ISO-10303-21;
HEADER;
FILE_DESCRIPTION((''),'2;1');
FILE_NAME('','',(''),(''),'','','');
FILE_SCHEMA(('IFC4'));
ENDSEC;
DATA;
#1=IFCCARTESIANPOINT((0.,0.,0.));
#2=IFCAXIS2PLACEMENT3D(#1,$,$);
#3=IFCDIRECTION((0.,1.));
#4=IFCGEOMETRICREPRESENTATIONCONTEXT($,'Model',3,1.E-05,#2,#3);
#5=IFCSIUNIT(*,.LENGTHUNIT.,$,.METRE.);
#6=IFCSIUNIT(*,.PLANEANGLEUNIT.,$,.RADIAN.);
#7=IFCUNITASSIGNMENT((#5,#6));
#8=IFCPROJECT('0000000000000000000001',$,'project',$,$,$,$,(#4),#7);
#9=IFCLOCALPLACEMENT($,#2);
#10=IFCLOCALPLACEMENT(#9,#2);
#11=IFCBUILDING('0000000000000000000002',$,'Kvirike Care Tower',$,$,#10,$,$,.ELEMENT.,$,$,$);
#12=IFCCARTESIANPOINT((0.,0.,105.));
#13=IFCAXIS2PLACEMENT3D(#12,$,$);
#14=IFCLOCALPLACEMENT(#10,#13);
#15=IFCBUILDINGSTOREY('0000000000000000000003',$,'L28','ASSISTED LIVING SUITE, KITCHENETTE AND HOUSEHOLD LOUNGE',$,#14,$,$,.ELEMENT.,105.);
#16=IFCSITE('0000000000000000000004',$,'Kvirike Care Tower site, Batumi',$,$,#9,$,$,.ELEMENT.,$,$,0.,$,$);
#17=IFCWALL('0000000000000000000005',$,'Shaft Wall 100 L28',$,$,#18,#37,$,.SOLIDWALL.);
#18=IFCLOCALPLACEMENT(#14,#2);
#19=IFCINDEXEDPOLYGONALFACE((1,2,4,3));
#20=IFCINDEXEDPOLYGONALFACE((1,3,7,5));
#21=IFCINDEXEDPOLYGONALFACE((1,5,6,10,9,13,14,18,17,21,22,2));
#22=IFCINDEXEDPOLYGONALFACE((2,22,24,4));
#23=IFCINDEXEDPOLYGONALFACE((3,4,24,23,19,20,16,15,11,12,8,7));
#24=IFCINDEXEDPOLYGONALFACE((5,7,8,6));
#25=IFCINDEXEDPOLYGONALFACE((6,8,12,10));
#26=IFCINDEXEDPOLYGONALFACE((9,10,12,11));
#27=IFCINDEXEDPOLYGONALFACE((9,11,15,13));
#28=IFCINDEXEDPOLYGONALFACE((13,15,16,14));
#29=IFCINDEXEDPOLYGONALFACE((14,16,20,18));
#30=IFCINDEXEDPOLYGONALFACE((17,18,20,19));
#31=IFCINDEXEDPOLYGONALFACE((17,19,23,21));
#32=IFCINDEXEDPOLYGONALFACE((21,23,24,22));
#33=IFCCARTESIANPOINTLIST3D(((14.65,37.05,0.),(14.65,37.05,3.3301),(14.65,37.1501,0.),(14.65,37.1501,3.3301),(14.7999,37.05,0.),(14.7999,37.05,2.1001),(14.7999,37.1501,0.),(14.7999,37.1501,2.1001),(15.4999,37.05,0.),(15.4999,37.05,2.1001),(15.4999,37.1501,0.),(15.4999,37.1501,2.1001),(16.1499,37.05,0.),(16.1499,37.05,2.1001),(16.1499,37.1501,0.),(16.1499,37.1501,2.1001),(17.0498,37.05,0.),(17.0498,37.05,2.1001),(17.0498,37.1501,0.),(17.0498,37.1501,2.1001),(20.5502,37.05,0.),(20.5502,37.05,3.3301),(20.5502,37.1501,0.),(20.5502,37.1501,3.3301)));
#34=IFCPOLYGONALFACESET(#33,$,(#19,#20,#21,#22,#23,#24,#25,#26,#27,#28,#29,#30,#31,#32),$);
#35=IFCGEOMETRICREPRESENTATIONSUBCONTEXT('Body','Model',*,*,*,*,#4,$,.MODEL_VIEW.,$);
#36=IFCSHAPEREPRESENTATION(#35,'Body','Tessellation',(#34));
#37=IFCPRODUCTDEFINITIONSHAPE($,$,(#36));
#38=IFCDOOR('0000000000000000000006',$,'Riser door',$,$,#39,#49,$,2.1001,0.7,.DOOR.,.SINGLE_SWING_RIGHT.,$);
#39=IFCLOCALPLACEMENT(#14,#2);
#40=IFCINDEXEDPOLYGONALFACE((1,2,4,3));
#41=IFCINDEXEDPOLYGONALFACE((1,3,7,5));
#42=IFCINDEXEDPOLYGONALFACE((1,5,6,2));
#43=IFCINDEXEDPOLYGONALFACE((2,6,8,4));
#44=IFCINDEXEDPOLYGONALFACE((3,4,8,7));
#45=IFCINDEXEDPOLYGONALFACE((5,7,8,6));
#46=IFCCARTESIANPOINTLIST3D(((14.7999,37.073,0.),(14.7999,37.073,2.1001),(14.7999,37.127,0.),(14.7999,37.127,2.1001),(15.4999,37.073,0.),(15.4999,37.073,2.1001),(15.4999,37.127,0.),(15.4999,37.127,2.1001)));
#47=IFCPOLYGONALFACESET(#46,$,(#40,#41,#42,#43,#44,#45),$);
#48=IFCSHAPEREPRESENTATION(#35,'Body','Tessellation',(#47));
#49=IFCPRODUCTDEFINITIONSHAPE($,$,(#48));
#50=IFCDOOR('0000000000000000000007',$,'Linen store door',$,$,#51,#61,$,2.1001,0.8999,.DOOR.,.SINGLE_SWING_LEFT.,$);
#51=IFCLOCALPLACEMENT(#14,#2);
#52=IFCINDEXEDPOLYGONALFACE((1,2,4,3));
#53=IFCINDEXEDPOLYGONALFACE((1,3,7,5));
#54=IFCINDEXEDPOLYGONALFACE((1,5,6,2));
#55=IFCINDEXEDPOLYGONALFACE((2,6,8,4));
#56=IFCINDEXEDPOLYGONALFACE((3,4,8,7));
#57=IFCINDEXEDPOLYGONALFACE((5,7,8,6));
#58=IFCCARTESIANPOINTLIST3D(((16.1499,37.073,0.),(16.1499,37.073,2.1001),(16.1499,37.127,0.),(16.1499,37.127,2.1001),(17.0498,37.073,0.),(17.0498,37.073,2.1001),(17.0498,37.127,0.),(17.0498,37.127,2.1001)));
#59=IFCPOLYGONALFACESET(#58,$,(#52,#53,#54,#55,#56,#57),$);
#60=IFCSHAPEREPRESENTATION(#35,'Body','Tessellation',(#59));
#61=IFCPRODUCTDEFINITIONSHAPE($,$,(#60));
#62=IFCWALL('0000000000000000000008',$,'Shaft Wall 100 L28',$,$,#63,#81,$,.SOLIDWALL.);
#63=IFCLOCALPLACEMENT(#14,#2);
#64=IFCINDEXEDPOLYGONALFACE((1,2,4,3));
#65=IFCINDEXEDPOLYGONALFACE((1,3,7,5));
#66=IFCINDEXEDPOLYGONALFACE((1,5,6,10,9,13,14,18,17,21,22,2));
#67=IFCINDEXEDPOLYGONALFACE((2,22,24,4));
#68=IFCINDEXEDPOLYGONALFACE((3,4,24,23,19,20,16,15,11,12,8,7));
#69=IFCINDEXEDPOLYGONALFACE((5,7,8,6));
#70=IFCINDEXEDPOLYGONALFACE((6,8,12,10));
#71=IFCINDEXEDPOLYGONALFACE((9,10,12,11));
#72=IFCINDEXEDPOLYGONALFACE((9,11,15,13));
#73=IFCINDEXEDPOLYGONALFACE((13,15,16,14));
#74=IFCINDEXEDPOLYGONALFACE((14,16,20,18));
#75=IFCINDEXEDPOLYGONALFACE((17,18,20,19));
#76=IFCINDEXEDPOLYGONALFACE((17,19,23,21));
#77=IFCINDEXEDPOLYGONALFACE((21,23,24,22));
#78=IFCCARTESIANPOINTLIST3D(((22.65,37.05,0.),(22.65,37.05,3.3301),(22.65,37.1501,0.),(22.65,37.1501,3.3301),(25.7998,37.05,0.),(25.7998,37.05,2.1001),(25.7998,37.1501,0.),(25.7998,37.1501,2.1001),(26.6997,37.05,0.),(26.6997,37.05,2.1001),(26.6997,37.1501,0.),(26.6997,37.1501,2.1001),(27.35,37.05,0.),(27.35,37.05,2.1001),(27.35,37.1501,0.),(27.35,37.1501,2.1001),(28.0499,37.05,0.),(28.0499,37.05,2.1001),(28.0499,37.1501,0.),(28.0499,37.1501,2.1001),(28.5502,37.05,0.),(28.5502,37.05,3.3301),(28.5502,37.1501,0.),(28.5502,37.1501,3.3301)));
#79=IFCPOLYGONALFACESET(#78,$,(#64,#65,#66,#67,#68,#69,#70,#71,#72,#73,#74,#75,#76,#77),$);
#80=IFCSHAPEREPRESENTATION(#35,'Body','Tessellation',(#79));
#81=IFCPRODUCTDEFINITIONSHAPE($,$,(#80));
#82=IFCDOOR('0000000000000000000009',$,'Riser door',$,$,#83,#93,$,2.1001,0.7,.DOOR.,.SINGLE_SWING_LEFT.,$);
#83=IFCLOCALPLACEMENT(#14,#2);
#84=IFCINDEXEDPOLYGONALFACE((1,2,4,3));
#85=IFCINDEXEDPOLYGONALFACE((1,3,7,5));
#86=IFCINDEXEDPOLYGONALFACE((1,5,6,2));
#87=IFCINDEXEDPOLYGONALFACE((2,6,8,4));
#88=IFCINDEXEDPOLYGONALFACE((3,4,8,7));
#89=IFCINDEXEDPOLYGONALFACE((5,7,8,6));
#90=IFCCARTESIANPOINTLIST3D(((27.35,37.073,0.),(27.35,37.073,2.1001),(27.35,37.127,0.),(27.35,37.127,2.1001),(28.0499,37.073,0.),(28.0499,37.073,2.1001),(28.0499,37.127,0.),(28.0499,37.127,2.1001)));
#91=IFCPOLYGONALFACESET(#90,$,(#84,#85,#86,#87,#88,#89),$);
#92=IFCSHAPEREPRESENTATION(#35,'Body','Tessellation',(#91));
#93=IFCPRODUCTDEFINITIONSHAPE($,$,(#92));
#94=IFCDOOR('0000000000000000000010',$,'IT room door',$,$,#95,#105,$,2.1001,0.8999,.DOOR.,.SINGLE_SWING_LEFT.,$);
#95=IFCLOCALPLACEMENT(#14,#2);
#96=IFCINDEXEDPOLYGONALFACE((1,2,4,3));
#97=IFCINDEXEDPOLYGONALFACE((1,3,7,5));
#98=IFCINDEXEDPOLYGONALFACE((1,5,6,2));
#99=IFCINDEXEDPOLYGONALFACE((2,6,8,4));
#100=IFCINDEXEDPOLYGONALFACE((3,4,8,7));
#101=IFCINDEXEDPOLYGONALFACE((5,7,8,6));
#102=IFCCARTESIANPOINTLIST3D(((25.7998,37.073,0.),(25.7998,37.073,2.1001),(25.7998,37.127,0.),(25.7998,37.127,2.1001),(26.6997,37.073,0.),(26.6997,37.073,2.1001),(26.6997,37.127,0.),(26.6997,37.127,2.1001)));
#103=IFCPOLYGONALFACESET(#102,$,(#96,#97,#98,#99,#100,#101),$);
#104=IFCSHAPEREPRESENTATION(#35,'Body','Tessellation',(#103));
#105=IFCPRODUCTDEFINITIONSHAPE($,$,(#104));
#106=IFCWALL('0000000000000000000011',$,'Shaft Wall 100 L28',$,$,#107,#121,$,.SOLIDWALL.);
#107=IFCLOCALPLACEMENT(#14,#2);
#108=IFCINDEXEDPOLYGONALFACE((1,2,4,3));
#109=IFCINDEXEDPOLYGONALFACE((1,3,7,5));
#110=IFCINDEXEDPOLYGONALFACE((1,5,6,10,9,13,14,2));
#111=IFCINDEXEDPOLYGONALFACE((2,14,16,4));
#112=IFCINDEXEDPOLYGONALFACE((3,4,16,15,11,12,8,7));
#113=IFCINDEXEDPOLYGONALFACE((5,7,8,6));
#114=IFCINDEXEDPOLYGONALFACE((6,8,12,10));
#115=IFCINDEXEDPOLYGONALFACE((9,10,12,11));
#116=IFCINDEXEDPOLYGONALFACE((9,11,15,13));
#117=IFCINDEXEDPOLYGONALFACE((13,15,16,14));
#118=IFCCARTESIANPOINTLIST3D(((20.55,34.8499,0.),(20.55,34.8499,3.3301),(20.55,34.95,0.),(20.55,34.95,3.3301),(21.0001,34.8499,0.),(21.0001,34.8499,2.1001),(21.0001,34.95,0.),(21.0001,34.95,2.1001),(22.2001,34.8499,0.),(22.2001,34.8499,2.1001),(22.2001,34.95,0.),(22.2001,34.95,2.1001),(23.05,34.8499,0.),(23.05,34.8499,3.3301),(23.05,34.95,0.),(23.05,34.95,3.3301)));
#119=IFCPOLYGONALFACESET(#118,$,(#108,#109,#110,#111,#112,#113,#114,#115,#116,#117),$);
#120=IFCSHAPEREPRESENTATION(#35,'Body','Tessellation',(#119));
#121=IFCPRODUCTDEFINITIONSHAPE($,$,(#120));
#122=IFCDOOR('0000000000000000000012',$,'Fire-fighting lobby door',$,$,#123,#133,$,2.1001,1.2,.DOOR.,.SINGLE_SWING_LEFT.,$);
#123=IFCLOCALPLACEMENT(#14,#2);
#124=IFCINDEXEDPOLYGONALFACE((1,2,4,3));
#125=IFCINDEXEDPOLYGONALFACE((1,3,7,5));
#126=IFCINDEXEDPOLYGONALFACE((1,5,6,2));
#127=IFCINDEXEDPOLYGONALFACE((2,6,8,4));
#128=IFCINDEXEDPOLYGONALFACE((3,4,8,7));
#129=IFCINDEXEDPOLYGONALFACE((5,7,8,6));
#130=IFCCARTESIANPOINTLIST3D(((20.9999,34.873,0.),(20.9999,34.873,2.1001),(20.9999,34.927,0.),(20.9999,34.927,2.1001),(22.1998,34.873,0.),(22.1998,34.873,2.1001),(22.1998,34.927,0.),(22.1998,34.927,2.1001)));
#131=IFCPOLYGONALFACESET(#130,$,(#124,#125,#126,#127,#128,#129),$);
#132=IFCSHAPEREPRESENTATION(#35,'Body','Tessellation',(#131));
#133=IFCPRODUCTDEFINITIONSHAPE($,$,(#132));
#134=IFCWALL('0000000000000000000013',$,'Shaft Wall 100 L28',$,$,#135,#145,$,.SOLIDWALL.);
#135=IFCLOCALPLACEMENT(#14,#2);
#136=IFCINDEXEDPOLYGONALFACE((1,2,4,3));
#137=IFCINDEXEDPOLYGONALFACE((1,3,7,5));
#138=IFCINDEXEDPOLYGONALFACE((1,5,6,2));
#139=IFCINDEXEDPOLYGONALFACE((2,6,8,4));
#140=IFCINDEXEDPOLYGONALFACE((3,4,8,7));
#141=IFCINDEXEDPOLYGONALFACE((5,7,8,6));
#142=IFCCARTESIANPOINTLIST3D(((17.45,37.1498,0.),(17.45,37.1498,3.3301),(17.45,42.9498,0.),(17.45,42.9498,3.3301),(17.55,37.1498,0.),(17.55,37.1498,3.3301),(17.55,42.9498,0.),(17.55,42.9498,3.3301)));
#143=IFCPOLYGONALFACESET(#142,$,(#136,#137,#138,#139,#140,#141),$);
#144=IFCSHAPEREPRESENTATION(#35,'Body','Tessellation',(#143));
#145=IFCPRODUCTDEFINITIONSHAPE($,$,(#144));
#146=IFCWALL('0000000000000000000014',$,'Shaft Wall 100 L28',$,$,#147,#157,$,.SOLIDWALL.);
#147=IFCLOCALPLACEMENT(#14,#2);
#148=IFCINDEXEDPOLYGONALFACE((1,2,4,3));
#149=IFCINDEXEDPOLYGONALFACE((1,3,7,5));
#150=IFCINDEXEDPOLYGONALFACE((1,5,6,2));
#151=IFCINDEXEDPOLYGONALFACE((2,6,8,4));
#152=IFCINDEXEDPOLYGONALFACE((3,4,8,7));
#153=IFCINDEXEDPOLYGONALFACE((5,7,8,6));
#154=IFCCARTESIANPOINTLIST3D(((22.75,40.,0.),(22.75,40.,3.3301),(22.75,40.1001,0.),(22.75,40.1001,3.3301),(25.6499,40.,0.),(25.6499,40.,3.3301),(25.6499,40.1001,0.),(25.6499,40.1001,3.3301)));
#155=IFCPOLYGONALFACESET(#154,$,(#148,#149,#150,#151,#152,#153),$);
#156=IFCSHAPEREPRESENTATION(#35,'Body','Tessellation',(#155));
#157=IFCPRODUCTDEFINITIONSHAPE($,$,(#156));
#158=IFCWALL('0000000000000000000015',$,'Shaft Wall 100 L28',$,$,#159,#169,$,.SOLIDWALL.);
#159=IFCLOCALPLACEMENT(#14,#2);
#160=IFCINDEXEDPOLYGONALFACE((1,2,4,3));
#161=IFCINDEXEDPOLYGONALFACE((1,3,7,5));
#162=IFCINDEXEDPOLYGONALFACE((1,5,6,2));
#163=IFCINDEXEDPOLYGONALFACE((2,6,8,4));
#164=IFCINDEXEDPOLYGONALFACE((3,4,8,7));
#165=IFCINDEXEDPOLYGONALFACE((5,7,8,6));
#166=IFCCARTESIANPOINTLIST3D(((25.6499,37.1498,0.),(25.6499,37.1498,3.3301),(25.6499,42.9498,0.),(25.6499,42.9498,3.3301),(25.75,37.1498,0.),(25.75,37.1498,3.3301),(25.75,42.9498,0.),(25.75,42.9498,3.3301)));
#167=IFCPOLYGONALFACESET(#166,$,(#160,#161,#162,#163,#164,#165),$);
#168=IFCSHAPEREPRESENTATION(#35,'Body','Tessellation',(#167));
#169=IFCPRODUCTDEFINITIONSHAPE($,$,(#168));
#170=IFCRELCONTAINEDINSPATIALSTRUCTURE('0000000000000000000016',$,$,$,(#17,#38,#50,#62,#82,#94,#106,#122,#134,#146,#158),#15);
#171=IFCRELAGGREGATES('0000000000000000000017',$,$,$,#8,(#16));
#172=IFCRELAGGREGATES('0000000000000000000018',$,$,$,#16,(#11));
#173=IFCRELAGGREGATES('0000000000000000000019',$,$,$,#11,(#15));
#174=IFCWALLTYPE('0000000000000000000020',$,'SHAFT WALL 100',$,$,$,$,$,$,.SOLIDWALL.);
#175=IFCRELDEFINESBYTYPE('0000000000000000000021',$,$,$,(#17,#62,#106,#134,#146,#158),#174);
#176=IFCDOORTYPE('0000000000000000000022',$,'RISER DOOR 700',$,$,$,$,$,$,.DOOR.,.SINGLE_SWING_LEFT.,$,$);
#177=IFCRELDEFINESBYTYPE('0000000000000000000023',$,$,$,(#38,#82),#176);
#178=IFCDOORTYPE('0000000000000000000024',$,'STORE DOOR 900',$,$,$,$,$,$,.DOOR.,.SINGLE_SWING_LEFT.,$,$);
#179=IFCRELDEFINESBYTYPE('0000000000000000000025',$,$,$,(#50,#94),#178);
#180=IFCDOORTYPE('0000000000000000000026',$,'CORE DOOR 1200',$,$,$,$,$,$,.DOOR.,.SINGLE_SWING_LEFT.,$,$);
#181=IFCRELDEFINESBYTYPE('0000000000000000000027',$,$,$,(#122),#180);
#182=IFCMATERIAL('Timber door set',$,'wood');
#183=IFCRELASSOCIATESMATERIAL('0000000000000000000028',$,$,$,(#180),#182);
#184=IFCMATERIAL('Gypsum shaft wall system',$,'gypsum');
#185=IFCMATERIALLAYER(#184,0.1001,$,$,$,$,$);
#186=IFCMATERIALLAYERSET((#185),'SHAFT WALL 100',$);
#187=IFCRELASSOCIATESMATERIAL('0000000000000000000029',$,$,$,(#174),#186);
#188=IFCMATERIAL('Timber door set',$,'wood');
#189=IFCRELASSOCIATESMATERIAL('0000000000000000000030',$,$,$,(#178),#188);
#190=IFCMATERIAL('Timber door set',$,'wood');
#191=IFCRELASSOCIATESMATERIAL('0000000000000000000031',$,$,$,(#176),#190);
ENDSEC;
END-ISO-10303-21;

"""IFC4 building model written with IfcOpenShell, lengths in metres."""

from ifc_helpers import new_model, si_unit, direction, frame, frame_2d, origin, place, context, subcontext, project, spatial, rectangle, extrude, material, layer, layer_set, type_object, element, fill, save


model = new_model("IFC4")

# Units and contexts
model_context = context("Model", 3, precision=1e-05, world=origin(), true_north=direction((0.0, 1.0)))
body_context = subcontext(model_context, "Body", "Model", "MODEL_VIEW")
ifc_project = project(units=[si_unit("LENGTHUNIT", "METRE"), si_unit("PLANEANGLEUNIT", "RADIAN")], contexts=[model_context])

# Site, building, storey
site_placement = place(None, origin())
site = spatial("IfcSite", under=ifc_project, at=site_placement, Name="Kvirike Care Tower site, Batumi", CompositionType="ELEMENT", RefElevation=0.0)
building_placement = place(site_placement, origin())
building = spatial("IfcBuilding", under=site, at=building_placement, Name="Kvirike Care Tower", CompositionType="ELEMENT")
storey_placement = place(building_placement, frame((0.0, 0.0, 105.0)))
storey = spatial("IfcBuildingStorey", under=building, at=storey_placement, Name="L28", Description="ASSISTED LIVING SUITE, KITCHENETTE AND HOUSEHOLD LOUNGE", CompositionType="ELEMENT", Elevation=105.0)

# Shared definitions
ifc_material_1 = material(Name="Timber door set", Category="wood")
door_type_1 = type_object("IfcDoorType", Name="CORE DOOR 1200", OperationType="SINGLE_SWING_LEFT", PredefinedType="DOOR", material=ifc_material_1)

# Shared definitions
ifc_material_2 = material(Name="Gypsum shaft wall system", Category="gypsum")
ifc_layer_1 = layer(ifc_material_2, 0.1001)
ifc_layer_set_1 = layer_set([ifc_layer_1], Name="SHAFT WALL 100")
wall_type_1 = type_object("IfcWallType", Name="SHAFT WALL 100", PredefinedType="SOLIDWALL", material=ifc_layer_set_1)

# Shared definitions
ifc_material_3 = material(Name="Timber door set", Category="wood")
door_type_2 = type_object("IfcDoorType", Name="STORE DOOR 900", OperationType="SINGLE_SWING_LEFT", PredefinedType="DOOR", material=ifc_material_3)

# Shared definitions
ifc_material_4 = material(Name="Timber door set", Category="wood")
door_type_3 = type_object("IfcDoorType", Name="RISER DOOR 700", OperationType="SINGLE_SWING_LEFT", PredefinedType="DOOR", material=ifc_material_4)

# Walls, openings, doors
wall_1_placement = place(storey_placement, frame((14.6499, 37.1001, 0.0), z_axis=(0.0, 0.0, 1.0), x_axis=(1.0, 0.0, 0.0)))
wall_1 = element("IfcWall", 1, at=wall_1_placement, inside=storey, type_object=wall_type_1, Name="Shaft Wall 100 L28", PredefinedType="SOLIDWALL", context=body_context, shape_type="SweptSolid", body=[
    extrude(rectangle(XDim=5.9001, YDim=0.1001, at=frame_2d((2.9502, 0.0))), origin(), (0.0, 0.0, 1.0), 3.3301),
])
opening_1_placement = place(wall_1_placement, frame((0.1499, 0.0, 0.0)))
opening_1 = element("IfcOpeningElement", 2, at=opening_1_placement, cuts=wall_1, PredefinedType="OPENING", context=body_context, shape_type="SweptSolid", body=[
    extrude(rectangle(XDim=0.7, YDim=2.1001, at=frame_2d((0.3501, 1.05))), frame((0.0, 0.0605, 0.0), z_axis=(0.0, -1.0, 0.0), x_axis=(1.0, 0.0, 0.0)), (0.0, 0.0, 1.0), 0.1211),
])
opening_2_placement = place(wall_1_placement, frame((1.5, 0.0, 0.0)))
opening_2 = element("IfcOpeningElement", 3, at=opening_2_placement, cuts=wall_1, PredefinedType="OPENING", context=body_context, shape_type="SweptSolid", body=[
    extrude(rectangle(XDim=0.8999, YDim=2.1001, at=frame_2d((0.45, 1.05))), frame((0.0, 0.0605, 0.0), z_axis=(0.0, -1.0, 0.0), x_axis=(1.0, 0.0, 0.0)), (0.0, 0.0, 1.0), 0.1211),
])
door_1_placement = place(opening_1_placement, origin())
door_1 = element("IfcDoor", 4, at=door_1_placement, inside=storey, type_object=door_type_3, Name="Riser door", OperationType="SINGLE_SWING_RIGHT", OverallHeight=2.1001, OverallWidth=0.7, PredefinedType="DOOR", context=body_context, shape_type="SweptSolid", body=[
    extrude(rectangle(XDim=0.7, YDim=2.1001, at=frame_2d((0.3501, 1.05))), frame((0.0, 0.0269, 0.0), z_axis=(0.0, -1.0, 0.0), x_axis=(1.0, 0.0, 0.0)), (0.0, 0.0, 1.0), 0.054),
])
fill(opening_1, door_1)
door_2_placement = place(opening_2_placement, origin())
door_2 = element("IfcDoor", 5, at=door_2_placement, inside=storey, type_object=door_type_2, Name="Linen store door", OperationType="SINGLE_SWING_LEFT", OverallHeight=2.1001, OverallWidth=0.8999, PredefinedType="DOOR", context=body_context, shape_type="SweptSolid", body=[
    extrude(rectangle(XDim=0.8999, YDim=2.1001, at=frame_2d((0.45, 1.05))), frame((0.0, 0.0269, 0.0), z_axis=(0.0, -1.0, 0.0), x_axis=(1.0, 0.0, 0.0)), (0.0, 0.0, 1.0), 0.054),
])
fill(opening_2, door_2)
wall_2_placement = place(storey_placement, frame((22.6499, 37.1001, 0.0), z_axis=(0.0, 0.0, 1.0), x_axis=(1.0, 0.0, 0.0)))
wall_2 = element("IfcWall", 6, at=wall_2_placement, inside=storey, type_object=wall_type_1, Name="Shaft Wall 100 L28", PredefinedType="SOLIDWALL", context=body_context, shape_type="SweptSolid", body=[
    extrude(rectangle(XDim=5.9001, YDim=0.1001, at=frame_2d((2.9502, 0.0))), origin(), (0.0, 0.0, 1.0), 3.3301),
])
opening_3_placement = place(wall_2_placement, frame((3.1499, 0.0, 0.0)))
opening_3 = element("IfcOpeningElement", 7, at=opening_3_placement, cuts=wall_2, PredefinedType="OPENING", context=body_context, shape_type="SweptSolid", body=[
    extrude(rectangle(XDim=0.8999, YDim=2.1001, at=frame_2d((0.45, 1.05))), frame((0.0, 0.0605, 0.0), z_axis=(0.0, -1.0, 0.0), x_axis=(1.0, 0.0, 0.0)), (0.0, 0.0, 1.0), 0.1211),
])
opening_4_placement = place(wall_2_placement, frame((4.7, 0.0, 0.0)))
opening_4 = element("IfcOpeningElement", 8, at=opening_4_placement, cuts=wall_2, PredefinedType="OPENING", context=body_context, shape_type="SweptSolid", body=[
    extrude(rectangle(XDim=0.7, YDim=2.1001, at=frame_2d((0.3501, 1.05))), frame((0.0, 0.0605, 0.0), z_axis=(0.0, -1.0, 0.0), x_axis=(1.0, 0.0, 0.0)), (0.0, 0.0, 1.0), 0.1211),
])
door_3_placement = place(opening_4_placement, origin())
door_3 = element("IfcDoor", 9, at=door_3_placement, inside=storey, type_object=door_type_3, Name="Riser door", OperationType="SINGLE_SWING_LEFT", OverallHeight=2.1001, OverallWidth=0.7, PredefinedType="DOOR", context=body_context, shape_type="SweptSolid", body=[
    extrude(rectangle(XDim=0.7, YDim=2.1001, at=frame_2d((0.3501, 1.05))), frame((0.0, 0.0269, 0.0), z_axis=(0.0, -1.0, 0.0), x_axis=(1.0, 0.0, 0.0)), (0.0, 0.0, 1.0), 0.054),
])
fill(opening_4, door_3)
door_4_placement = place(opening_3_placement, origin())
door_4 = element("IfcDoor", 10, at=door_4_placement, inside=storey, type_object=door_type_2, Name="IT room door", OperationType="SINGLE_SWING_LEFT", OverallHeight=2.1001, OverallWidth=0.8999, PredefinedType="DOOR", context=body_context, shape_type="SweptSolid", body=[
    extrude(rectangle(XDim=0.8999, YDim=2.1001, at=frame_2d((0.45, 1.05))), frame((0.0, 0.0269, 0.0), z_axis=(0.0, -1.0, 0.0), x_axis=(1.0, 0.0, 0.0)), (0.0, 0.0, 1.0), 0.054),
])
fill(opening_3, door_4)

# Wall, opening, door
wall_3_placement = place(storey_placement, frame((20.55, 34.8999, 0.0), z_axis=(0.0, 0.0, 1.0), x_axis=(1.0, 0.0, 0.0)))
wall_3 = element("IfcWall", 11, at=wall_3_placement, inside=storey, type_object=wall_type_1, Name="Shaft Wall 100 L28", PredefinedType="SOLIDWALL", context=body_context, shape_type="SweptSolid", body=[
    extrude(rectangle(XDim=2.5, YDim=0.1001, at=frame_2d((1.25, 0.0))), origin(), (0.0, 0.0, 1.0), 3.3301),
])
opening_5_placement = place(wall_3_placement, frame((0.45, 0.0, 0.0)))
opening_5 = element("IfcOpeningElement", 12, at=opening_5_placement, cuts=wall_3, PredefinedType="OPENING", context=body_context, shape_type="SweptSolid", body=[
    extrude(rectangle(XDim=1.2, YDim=2.1001, at=frame_2d((0.6001, 1.05))), frame((0.0, 0.0605, 0.0), z_axis=(0.0, -1.0, 0.0), x_axis=(1.0, 0.0, 0.0)), (0.0, 0.0, 1.0), 0.1211),
])
door_5_placement = place(opening_5_placement, frame((1.2, 0.0, 0.0), z_axis=(0.0, 0.0, 1.0), x_axis=(-1.0, 0.0, 0.0)))
door_5 = element("IfcDoor", 13, at=door_5_placement, inside=storey, type_object=door_type_1, Name="Fire-fighting lobby door", OperationType="SINGLE_SWING_LEFT", OverallHeight=2.1001, OverallWidth=1.2, PredefinedType="DOOR", context=body_context, shape_type="SweptSolid", body=[
    extrude(rectangle(XDim=1.2, YDim=2.1001, at=frame_2d((0.6001, 1.05))), frame((0.0, 0.0269, 0.0), z_axis=(0.0, -1.0, 0.0), x_axis=(1.0, 0.0, 0.0)), (0.0, 0.0, 1.0), 0.054),
])
fill(opening_5, door_5)

# Walls
wall_4_placement = place(storey_placement, frame((17.5, 37.1499, 0.0), z_axis=(0.0, 0.0, 1.0), x_axis=(0.0, 1.0, 0.0)))
element("IfcWall", 14, at=wall_4_placement, inside=storey, type_object=wall_type_1, Name="Shaft Wall 100 L28", PredefinedType="SOLIDWALL", context=body_context, shape_type="SweptSolid", body=[
    extrude(rectangle(XDim=5.8, YDim=0.1001, at=frame_2d((2.8999, 0.0))), origin(), (0.0, 0.0, 1.0), 3.3301),
])
wall_5_placement = place(storey_placement, frame((22.75, 40.05, 0.0), z_axis=(0.0, 0.0, 1.0), x_axis=(1.0, 0.0, 0.0)))
element("IfcWall", 15, at=wall_5_placement, inside=storey, type_object=wall_type_1, Name="Shaft Wall 100 L28", PredefinedType="SOLIDWALL", context=body_context, shape_type="SweptSolid", body=[
    extrude(rectangle(XDim=2.8999, YDim=0.1001, at=frame_2d((1.45, 0.0))), origin(), (0.0, 0.0, 1.0), 3.3301),
])
wall_6_placement = place(storey_placement, frame((25.7, 37.1499, 0.0), z_axis=(0.0, 0.0, 1.0), x_axis=(0.0, 1.0, 0.0)))
element("IfcWall", 16, at=wall_6_placement, inside=storey, type_object=wall_type_1, Name="Shaft Wall 100 L28", PredefinedType="SOLIDWALL", context=body_context, shape_type="SweptSolid", body=[
    extrude(rectangle(XDim=5.8, YDim=0.1001, at=frame_2d((2.8999, 0.0))), origin(), (0.0, 0.0, 1.0), 3.3301),
])

save(model, "model.ifc")
